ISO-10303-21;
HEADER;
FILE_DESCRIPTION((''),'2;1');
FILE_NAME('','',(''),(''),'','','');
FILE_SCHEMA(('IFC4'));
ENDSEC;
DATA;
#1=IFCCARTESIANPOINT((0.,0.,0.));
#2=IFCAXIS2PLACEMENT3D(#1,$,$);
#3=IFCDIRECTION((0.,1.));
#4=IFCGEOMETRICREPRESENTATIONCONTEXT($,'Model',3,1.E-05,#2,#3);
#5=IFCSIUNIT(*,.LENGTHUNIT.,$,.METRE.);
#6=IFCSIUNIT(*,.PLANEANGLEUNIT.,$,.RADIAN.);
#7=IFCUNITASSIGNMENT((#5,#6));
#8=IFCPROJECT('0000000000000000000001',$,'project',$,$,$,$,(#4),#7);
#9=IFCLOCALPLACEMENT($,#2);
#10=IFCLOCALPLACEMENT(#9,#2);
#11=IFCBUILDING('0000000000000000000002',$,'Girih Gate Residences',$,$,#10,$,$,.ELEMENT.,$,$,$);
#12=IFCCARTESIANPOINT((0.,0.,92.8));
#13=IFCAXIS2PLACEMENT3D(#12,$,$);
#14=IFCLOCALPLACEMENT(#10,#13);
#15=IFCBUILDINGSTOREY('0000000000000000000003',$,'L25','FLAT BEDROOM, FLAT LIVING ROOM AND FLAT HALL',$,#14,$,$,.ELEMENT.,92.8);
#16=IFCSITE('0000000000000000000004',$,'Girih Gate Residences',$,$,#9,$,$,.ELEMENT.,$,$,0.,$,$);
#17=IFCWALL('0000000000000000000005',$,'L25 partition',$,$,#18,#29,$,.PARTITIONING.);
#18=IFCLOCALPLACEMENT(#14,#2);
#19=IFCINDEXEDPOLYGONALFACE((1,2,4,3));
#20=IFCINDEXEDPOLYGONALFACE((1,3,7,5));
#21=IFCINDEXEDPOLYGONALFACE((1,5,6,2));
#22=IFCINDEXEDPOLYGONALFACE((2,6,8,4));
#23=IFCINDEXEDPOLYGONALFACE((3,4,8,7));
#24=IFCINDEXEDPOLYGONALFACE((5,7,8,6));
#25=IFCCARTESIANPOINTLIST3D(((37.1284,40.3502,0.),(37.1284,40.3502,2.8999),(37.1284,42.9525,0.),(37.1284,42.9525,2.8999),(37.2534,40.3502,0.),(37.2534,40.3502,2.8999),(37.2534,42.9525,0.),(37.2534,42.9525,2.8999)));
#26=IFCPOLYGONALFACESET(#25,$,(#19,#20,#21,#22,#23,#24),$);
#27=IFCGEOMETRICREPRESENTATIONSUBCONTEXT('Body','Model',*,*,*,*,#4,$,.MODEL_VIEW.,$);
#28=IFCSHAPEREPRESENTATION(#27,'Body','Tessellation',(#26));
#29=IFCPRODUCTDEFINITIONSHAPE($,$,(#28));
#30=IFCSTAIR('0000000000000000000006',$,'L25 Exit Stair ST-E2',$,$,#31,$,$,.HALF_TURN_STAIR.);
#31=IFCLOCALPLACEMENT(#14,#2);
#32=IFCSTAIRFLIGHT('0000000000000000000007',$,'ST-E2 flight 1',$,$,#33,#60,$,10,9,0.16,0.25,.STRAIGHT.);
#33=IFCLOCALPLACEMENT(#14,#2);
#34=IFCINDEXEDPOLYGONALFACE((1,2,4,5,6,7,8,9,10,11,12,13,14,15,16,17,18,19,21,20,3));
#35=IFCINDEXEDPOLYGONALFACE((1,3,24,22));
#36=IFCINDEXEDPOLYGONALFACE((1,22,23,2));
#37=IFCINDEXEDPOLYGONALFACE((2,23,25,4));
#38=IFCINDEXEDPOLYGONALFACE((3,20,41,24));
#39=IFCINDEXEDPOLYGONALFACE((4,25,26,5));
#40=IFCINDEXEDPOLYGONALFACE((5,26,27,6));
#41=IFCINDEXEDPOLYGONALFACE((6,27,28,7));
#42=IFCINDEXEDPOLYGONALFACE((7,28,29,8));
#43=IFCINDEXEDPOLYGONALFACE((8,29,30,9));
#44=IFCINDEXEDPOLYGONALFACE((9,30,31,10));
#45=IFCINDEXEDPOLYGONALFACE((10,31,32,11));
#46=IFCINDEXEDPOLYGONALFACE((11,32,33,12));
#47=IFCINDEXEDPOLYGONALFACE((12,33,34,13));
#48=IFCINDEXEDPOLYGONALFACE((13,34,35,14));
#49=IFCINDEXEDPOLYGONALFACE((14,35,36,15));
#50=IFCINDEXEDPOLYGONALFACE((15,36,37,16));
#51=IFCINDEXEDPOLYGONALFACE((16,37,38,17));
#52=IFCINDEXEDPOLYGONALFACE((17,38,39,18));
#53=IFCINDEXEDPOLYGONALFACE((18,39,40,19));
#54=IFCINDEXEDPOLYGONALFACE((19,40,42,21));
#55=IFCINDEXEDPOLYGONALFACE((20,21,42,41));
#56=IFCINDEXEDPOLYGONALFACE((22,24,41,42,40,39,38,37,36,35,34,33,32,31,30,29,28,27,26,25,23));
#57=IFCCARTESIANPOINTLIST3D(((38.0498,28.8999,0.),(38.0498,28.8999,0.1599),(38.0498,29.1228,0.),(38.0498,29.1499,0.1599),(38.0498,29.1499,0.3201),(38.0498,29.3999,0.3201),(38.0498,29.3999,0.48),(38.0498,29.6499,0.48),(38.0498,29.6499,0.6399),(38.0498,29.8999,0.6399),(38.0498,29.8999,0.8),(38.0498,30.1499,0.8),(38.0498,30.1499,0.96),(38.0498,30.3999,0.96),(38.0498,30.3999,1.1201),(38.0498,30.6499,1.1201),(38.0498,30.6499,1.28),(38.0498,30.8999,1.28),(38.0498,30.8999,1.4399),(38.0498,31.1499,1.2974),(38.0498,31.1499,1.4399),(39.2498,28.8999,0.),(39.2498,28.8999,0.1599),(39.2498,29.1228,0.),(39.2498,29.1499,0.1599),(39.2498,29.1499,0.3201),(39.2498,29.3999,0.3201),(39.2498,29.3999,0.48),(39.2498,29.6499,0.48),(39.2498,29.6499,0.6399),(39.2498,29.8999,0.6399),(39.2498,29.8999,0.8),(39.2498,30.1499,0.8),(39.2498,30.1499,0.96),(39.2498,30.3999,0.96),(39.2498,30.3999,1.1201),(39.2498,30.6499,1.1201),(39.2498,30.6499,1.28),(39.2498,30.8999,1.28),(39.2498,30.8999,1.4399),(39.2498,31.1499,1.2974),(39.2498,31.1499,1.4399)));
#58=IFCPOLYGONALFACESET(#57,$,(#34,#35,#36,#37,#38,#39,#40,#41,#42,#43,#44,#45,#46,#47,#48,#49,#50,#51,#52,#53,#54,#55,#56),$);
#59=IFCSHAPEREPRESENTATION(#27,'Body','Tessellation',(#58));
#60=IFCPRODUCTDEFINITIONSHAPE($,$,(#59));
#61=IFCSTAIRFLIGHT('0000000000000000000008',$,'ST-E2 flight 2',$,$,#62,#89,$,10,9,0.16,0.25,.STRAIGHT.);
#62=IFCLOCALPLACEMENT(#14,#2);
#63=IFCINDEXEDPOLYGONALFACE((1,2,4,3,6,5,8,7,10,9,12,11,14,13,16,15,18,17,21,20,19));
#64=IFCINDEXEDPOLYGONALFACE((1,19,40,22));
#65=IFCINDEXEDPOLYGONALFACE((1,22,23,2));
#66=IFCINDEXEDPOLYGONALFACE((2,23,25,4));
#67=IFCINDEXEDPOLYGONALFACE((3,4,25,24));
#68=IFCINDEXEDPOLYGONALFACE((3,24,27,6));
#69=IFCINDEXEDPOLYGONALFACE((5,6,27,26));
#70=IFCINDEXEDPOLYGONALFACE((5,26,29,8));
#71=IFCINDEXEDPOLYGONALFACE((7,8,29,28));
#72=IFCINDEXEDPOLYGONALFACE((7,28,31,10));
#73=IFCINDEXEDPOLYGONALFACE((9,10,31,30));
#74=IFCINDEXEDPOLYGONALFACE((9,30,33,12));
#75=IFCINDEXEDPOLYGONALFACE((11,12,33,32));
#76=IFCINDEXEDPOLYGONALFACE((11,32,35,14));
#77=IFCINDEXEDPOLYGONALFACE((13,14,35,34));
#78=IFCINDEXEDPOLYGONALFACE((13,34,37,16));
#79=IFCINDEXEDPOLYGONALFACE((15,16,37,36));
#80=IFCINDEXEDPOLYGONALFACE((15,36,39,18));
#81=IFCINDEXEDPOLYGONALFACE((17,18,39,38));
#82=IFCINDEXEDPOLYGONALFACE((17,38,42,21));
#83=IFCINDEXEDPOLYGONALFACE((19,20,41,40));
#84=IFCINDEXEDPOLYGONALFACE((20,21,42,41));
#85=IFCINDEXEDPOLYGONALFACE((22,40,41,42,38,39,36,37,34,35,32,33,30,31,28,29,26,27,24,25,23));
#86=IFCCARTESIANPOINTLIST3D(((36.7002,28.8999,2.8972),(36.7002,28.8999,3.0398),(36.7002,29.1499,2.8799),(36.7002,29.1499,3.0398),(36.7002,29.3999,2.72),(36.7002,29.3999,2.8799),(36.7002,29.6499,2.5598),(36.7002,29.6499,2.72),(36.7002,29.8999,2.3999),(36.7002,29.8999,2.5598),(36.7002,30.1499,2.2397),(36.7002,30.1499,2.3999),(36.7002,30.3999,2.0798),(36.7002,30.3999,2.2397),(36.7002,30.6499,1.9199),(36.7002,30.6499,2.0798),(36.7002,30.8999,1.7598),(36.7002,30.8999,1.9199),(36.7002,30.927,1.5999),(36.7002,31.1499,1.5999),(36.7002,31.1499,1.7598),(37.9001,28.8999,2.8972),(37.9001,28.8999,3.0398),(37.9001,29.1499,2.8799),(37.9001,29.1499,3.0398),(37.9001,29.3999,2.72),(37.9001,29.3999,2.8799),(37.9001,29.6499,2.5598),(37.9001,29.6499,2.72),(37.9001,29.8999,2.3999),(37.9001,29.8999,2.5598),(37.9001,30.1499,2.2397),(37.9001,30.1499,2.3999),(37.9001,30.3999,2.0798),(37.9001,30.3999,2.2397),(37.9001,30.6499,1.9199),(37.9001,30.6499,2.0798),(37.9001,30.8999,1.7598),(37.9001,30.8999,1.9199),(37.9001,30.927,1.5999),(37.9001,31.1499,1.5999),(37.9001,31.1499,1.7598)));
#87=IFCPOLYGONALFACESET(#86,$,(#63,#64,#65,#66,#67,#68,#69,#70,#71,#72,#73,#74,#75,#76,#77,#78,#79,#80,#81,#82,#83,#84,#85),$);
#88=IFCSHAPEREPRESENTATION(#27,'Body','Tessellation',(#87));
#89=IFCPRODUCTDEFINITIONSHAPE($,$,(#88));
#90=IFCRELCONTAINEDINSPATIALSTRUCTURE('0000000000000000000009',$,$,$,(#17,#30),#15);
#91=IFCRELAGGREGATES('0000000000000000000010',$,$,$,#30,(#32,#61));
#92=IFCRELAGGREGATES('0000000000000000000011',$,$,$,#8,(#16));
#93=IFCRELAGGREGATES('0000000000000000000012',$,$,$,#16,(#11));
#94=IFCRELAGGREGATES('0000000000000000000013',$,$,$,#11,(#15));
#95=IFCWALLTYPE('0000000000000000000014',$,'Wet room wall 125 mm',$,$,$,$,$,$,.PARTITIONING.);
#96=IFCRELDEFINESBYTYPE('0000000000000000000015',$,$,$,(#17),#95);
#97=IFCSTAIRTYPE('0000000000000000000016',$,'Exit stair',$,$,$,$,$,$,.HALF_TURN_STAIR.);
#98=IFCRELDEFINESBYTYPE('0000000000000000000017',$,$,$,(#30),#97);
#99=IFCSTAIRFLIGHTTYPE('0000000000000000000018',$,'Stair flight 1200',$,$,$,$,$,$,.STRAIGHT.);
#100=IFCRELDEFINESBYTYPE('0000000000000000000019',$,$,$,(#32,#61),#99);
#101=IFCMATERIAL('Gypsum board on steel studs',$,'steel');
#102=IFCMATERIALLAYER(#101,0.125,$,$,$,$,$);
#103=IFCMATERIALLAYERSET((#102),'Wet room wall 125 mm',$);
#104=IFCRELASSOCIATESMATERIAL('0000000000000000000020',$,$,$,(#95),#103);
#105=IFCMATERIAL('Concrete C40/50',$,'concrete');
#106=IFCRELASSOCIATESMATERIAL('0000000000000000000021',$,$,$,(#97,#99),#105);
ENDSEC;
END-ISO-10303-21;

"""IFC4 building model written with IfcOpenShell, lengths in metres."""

from ifc_helpers import new_model, si_unit, direction, frame, frame_2d, origin, place, context, subcontext, project, spatial, polyline, rectangle, outline, extrude, material, layer, layer_set, type_object, element, aggregate, save


model = new_model("IFC4")

# Units and contexts
model_context = context("Model", 3, precision=1e-05, world=origin(), true_north=direction((0.0, 1.0)))
body_context = subcontext(model_context, "Body", "Model", "MODEL_VIEW")
ifc_project = project(units=[si_unit("LENGTHUNIT", "METRE"), si_unit("PLANEANGLEUNIT", "RADIAN")], contexts=[model_context])

# Site, building, storey
site_placement = place(None, origin())
site = spatial("IfcSite", under=ifc_project, at=site_placement, Name="Girih Gate Residences", CompositionType="ELEMENT", RefElevation=0.0)
building_placement = place(site_placement, origin())
building = spatial("IfcBuilding", under=site, at=building_placement, Name="Girih Gate Residences", CompositionType="ELEMENT")
storey_placement = place(building_placement, frame((0.0, 0.0, 92.8)))
storey = spatial("IfcBuildingStorey", under=building, at=storey_placement, Name="L25", Description="FLAT BEDROOM, FLAT LIVING ROOM AND FLAT HALL", CompositionType="ELEMENT", Elevation=92.8)

# Shared definitions
ifc_material_1 = material(Name="Gypsum board on steel studs", Category="steel")

# Shared definitions
ifc_material_2 = material(Name="Concrete C40/50", Category="concrete")

# Wall
ifc_layer_1 = layer(ifc_material_1, 0.125)
ifc_layer_set_1 = layer_set([ifc_layer_1], Name="Wet room wall 125 mm")
wall_type_1 = type_object("IfcWallType", Name="Wet room wall 125 mm", PredefinedType="PARTITIONING", material=ifc_layer_set_1)
wall_1_placement = place(storey_placement, frame((37.1909, 40.3501, 0.0), z_axis=(0.0, 0.0, 1.0), x_axis=(0.0, 1.0, 0.0)))
element("IfcWall", 1, at=wall_1_placement, inside=storey, type_object=wall_type_1, Name="L25 partition", PredefinedType="PARTITIONING", context=body_context, shape_type="SweptSolid", body=[
    extrude(rectangle(XDim=2.6023, YDim=0.125, at=frame_2d((1.3013, 0.0))), origin(), (0.0, 0.0, 1.0), 2.8999),
])

# Stair, stair flights
stair_type = type_object("IfcStairType", Name="Exit stair", PredefinedType="HALF_TURN_STAIR", material=ifc_material_2)
stair_placement = place(storey_placement, origin())
stair = element("IfcStair", 2, at=stair_placement, inside=storey, type_object=stair_type, Name="L25 Exit Stair ST-E2", PredefinedType="HALF_TURN_STAIR")
stair_flight_type = type_object("IfcStairFlightType", Name="Stair flight 1200", PredefinedType="STRAIGHT", material=ifc_material_2)
stair_flight_1_placement = place(storey_placement, frame((38.6499, 28.8999, 0.0), z_axis=(0.0, 0.0, 1.0), x_axis=(0.0, 1.0, 0.0)))
stair_flight_1 = element("IfcStairFlight", 3, at=stair_flight_1_placement, type_object=stair_flight_type, Name="ST-E2 flight 1", NumberOfRisers=10, NumberOfTreads=9, PredefinedType="STRAIGHT", RiserHeight=0.16, TreadLength=0.25, context=body_context, shape_type="SweptSolid", body=[
    extrude(outline(polyline([(0.0, 0.0), (0.0, 0.1599), (0.25, 0.1599), (0.25, 0.3201), (0.5, 0.3201), (0.5, 0.48), (0.75, 0.48), (0.75, 0.6399), (1.0, 0.6399), (1.0, 0.8), (1.25, 0.8), (1.25, 0.96), (1.5, 0.96), (1.5, 1.1201), (1.75, 1.1201), (1.75, 1.28), (2.0, 1.28), (2.0, 1.4399), (2.25, 1.4399), (2.25, 1.6001), (2.25, 1.2974), (0.2229, 0.0), (0.0, 0.0)])), frame((0.0, 0.6001, 0.0), z_axis=(0.0, -1.0, 0.0), x_axis=(1.0, 0.0, 0.0)), (0.0, 0.0, 1.0), 1.2),
])
stair_flight_2_placement = place(storey_placement, frame((37.3, 31.1499, 1.5999), z_axis=(0.0, 0.0, 1.0), x_axis=(0.0, -1.0, 0.0)))
stair_flight_2 = element("IfcStairFlight", 4, at=stair_flight_2_placement, type_object=stair_flight_type, Name="ST-E2 flight 2", NumberOfRisers=10, NumberOfTreads=9, PredefinedType="STRAIGHT", RiserHeight=0.16, TreadLength=0.25, context=body_context, shape_type="SweptSolid", body=[
    extrude(outline(polyline([(0.0, 0.0), (0.0, 0.1599), (0.25, 0.1599), (0.25, 0.3201), (0.5, 0.3201), (0.5, 0.48), (0.75, 0.48), (0.75, 0.6399), (1.0, 0.6399), (1.0, 0.8), (1.25, 0.8), (1.25, 0.96), (1.5, 0.96), (1.5, 1.1201), (1.75, 1.1201), (1.75, 1.28), (2.0, 1.28), (2.0, 1.4399), (2.25, 1.4399), (2.25, 1.6001), (2.25, 1.2974), (0.2229, 0.0), (0.0, 0.0)])), frame((0.0, 0.6001, 0.0), z_axis=(0.0, -1.0, 0.0), x_axis=(1.0, 0.0, 0.0)), (0.0, 0.0, 1.0), 1.2),
])
aggregate(stair, [stair_flight_1, stair_flight_2])

save(model, "model.ifc")
